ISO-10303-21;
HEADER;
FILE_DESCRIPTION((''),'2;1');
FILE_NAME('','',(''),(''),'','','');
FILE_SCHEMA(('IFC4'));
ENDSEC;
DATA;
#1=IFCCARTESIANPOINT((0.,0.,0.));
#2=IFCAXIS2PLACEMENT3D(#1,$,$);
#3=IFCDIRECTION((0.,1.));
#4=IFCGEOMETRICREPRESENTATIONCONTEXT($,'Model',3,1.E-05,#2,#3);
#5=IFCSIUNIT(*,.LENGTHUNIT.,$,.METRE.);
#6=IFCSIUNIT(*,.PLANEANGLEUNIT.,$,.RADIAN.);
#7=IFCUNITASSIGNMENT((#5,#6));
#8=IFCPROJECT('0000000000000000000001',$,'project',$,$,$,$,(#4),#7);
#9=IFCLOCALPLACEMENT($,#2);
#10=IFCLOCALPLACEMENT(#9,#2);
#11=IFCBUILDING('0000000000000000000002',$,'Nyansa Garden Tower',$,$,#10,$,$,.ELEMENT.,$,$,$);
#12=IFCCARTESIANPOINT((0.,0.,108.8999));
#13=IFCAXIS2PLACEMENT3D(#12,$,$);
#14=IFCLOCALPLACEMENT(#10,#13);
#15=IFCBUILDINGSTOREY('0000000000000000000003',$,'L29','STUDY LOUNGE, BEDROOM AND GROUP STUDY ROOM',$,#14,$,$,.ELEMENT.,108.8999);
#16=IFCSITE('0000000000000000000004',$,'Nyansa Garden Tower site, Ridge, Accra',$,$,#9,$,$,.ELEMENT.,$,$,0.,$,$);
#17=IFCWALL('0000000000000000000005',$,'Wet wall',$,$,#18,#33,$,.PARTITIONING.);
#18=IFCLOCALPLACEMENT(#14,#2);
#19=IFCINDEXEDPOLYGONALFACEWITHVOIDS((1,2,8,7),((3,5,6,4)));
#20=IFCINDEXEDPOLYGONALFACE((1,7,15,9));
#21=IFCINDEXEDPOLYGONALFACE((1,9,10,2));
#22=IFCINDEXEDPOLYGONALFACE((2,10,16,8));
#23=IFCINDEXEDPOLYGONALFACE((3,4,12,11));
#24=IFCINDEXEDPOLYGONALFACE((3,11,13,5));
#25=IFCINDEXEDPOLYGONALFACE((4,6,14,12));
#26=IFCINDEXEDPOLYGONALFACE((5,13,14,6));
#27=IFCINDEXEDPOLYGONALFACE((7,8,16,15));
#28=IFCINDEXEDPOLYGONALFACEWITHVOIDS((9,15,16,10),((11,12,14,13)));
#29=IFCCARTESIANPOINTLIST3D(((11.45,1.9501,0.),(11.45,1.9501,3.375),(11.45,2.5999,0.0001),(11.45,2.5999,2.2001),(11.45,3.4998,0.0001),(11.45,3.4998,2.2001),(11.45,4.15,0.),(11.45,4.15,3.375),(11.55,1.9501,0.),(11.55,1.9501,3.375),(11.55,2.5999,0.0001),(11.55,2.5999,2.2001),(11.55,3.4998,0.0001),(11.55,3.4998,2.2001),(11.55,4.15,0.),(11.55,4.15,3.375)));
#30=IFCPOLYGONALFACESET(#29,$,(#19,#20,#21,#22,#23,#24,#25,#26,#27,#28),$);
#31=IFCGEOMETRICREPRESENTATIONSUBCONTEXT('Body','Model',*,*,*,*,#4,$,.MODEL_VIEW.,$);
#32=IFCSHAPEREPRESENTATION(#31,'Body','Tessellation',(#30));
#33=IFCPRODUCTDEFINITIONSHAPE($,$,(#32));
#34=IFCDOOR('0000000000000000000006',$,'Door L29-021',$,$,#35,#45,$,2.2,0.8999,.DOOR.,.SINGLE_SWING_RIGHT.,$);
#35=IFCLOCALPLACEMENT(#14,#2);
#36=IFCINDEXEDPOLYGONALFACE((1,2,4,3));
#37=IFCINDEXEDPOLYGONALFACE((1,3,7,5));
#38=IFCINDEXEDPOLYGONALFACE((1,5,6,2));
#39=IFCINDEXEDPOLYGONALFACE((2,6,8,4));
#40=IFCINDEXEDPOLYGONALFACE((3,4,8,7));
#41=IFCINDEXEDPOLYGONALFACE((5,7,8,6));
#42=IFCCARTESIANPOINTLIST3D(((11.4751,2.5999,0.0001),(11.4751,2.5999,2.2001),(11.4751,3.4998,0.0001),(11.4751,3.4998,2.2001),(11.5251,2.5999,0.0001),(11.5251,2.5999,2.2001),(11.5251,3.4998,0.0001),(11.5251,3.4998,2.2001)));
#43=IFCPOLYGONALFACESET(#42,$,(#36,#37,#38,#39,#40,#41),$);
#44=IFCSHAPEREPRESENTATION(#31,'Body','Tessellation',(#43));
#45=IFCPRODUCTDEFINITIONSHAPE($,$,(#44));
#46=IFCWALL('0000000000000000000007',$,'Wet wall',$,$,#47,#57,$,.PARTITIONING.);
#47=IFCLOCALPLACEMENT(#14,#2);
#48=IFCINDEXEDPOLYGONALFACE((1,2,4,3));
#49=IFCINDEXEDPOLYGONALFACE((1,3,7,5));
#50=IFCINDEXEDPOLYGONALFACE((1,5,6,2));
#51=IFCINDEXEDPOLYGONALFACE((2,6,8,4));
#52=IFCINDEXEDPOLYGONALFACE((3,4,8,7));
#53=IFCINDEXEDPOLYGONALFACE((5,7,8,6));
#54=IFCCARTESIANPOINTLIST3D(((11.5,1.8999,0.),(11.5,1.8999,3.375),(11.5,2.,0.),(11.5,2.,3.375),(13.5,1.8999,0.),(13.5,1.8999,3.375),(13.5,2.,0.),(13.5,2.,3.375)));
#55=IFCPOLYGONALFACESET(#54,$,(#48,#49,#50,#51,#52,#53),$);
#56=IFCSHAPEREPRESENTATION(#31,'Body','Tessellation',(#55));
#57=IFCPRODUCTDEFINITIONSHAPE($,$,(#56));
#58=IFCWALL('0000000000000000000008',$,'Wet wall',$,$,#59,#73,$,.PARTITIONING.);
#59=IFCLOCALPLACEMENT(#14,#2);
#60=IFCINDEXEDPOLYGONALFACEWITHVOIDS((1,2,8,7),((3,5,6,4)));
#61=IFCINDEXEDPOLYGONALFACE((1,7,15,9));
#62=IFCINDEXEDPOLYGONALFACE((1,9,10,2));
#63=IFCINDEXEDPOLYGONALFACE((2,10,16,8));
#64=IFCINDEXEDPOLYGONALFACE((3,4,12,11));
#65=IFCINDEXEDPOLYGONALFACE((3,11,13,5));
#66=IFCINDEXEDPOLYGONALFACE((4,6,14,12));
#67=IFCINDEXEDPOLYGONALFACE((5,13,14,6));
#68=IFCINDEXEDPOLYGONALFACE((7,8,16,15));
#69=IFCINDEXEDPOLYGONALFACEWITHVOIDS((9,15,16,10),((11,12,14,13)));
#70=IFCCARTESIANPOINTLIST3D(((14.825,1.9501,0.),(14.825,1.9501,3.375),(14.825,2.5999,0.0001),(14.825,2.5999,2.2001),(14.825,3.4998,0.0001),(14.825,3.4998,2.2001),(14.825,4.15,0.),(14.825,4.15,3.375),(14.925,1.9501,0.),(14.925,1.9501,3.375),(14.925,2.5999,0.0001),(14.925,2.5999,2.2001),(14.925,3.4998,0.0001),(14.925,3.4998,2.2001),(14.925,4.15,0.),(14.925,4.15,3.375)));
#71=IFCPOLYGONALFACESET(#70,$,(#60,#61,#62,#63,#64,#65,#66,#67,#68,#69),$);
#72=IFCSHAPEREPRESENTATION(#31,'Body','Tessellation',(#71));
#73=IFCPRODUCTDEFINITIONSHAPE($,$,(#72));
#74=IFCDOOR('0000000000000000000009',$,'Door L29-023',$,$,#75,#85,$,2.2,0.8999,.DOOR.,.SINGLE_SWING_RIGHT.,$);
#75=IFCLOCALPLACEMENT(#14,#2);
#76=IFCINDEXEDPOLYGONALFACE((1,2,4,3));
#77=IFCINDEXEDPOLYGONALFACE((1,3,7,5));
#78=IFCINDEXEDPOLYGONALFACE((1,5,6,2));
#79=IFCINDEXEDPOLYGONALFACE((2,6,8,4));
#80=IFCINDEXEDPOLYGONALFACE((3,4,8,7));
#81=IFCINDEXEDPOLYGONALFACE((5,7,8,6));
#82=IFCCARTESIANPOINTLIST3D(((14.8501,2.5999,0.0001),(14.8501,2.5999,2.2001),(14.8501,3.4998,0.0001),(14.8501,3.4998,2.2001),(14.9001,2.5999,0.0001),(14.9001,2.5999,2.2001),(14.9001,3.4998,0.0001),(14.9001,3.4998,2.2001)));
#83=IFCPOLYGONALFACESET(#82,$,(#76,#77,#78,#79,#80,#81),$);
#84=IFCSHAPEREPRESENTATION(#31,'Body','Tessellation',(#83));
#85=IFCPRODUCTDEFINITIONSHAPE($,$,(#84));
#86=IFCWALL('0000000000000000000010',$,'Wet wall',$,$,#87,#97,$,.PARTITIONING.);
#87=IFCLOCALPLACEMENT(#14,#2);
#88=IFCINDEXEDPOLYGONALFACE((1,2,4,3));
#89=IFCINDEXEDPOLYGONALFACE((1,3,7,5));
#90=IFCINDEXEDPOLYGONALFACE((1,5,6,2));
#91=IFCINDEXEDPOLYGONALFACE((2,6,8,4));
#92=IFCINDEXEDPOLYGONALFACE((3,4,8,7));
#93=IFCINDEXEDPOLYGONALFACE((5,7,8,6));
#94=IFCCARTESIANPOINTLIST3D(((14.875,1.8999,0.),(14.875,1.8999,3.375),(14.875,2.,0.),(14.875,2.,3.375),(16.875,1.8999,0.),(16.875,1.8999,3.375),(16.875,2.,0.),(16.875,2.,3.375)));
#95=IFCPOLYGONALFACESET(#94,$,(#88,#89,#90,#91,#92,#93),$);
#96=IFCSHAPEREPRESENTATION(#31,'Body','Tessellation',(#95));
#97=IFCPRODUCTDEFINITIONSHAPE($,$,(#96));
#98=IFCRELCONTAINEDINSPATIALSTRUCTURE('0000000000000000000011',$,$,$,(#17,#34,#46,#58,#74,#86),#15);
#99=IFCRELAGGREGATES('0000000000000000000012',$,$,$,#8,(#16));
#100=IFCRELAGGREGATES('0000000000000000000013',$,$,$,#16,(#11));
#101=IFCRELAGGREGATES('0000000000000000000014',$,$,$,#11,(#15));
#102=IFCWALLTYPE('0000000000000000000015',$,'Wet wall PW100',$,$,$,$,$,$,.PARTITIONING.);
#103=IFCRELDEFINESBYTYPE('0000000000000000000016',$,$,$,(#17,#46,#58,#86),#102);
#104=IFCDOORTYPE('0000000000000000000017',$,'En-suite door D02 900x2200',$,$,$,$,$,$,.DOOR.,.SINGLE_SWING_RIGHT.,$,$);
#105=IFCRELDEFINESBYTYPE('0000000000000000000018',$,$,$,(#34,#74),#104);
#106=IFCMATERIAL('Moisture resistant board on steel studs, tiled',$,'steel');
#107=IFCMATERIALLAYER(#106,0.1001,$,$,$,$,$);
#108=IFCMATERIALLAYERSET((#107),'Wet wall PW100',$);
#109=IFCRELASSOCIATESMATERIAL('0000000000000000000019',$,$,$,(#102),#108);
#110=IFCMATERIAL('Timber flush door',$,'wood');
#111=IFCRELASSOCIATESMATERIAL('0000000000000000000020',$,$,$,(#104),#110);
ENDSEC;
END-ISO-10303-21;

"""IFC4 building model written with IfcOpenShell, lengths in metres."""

from ifc_helpers import new_model, si_unit, direction, frame, frame_2d, origin, place, context, subcontext, project, spatial, rectangle, extrude, material, layer, layer_set, type_object, element, fill, save


model = new_model("IFC4")

# Units and contexts
model_context = context("Model", 3, precision=1e-05, world=origin(), true_north=direction((0.0, 1.0)))
body_context = subcontext(model_context, "Body", "Model", "MODEL_VIEW")
ifc_project = project(units=[si_unit("LENGTHUNIT", "METRE"), si_unit("PLANEANGLEUNIT", "RADIAN")], contexts=[model_context])

# Site, building, storey
site_placement = place(None, origin())
site = spatial("IfcSite", under=ifc_project, at=site_placement, Name="Nyansa Garden Tower site, Ridge, Accra", CompositionType="ELEMENT", RefElevation=0.0)
building_placement = place(site_placement, origin())
building = spatial("IfcBuilding", under=site, at=building_placement, Name="Nyansa Garden Tower", CompositionType="ELEMENT")
storey_placement = place(building_placement, frame((0.0, 0.0, 108.8999)))
storey = spatial("IfcBuildingStorey", under=building, at=storey_placement, Name="L29", Description="STUDY LOUNGE, BEDROOM AND GROUP STUDY ROOM", CompositionType="ELEMENT", Elevation=108.8999)

# Shared definitions
ifc_material_1 = material(Name="Moisture resistant board on steel studs, tiled", Category="steel")
ifc_layer_1 = layer(ifc_material_1, 0.1001)
ifc_layer_set_1 = layer_set([ifc_layer_1], Name="Wet wall PW100")
wall_type_1 = type_object("IfcWallType", Name="Wet wall PW100", PredefinedType="PARTITIONING", material=ifc_layer_set_1)

# Wall, opening, door
wall_1_placement = place(storey_placement, frame((11.5, 1.95, 0.0), z_axis=(0.0, 0.0, 1.0), x_axis=(0.0, 1.0, 0.0)))
wall_1 = element("IfcWall", 1, at=wall_1_placement, inside=storey, type_object=wall_type_1, Name="Wet wall", PredefinedType="PARTITIONING", context=body_context, shape_type="SweptSolid", body=[
    extrude(rectangle(XDim=2.2, YDim=0.1001, at=frame_2d((1.1001, 0.0))), origin(), (0.0, 0.0, 1.0), 3.375),
])
opening_1_placement = place(wall_1_placement, frame((0.6499, 0.0, 0.0)))
opening_1 = element("IfcOpeningElement", 2, at=opening_1_placement, cuts=wall_1, PredefinedType="OPENING", context=body_context, shape_type="SweptSolid", body=[
    extrude(rectangle(XDim=0.8999, YDim=2.2, at=frame_2d((0.45, 1.1001))), frame((0.0, 0.0601, 0.0), z_axis=(0.0, -1.0, 0.0), x_axis=(1.0, 0.0, 0.0)), (0.0, 0.0, 1.0), 0.1201),
])
ifc_material_2 = material(Name="Timber flush door", Category="wood")
door_type_1 = type_object("IfcDoorType", Name="En-suite door D02 900x2200", OperationType="SINGLE_SWING_RIGHT", PredefinedType="DOOR", material=ifc_material_2)
door_1_placement = place(opening_1_placement, origin())
door_1 = element("IfcDoor", 3, at=door_1_placement, inside=storey, type_object=door_type_1, Name="Door L29-021", OperationType="SINGLE_SWING_RIGHT", OverallHeight=2.2, OverallWidth=0.8999, PredefinedType="DOOR", context=body_context, shape_type="SweptSolid", body=[
    extrude(rectangle(XDim=0.8999, YDim=2.2, at=frame_2d((0.45, 1.1001))), frame((0.0, 0.0249, 0.0), z_axis=(0.0, -1.0, 0.0), x_axis=(1.0, 0.0, 0.0)), (0.0, 0.0, 1.0), 0.05),
])
fill(opening_1, door_1)

# Wall
wall_2_placement = place(storey_placement, frame((11.5, 1.95, 0.0), z_axis=(0.0, 0.0, 1.0), x_axis=(1.0, 0.0, 0.0)))
element("IfcWall", 4, at=wall_2_placement, inside=storey, type_object=wall_type_1, Name="Wet wall", PredefinedType="PARTITIONING", context=body_context, shape_type="SweptSolid", body=[
    extrude(rectangle(XDim=2.0, YDim=0.1001, at=frame_2d((1.0, 0.0))), origin(), (0.0, 0.0, 1.0), 3.375),
])

# Wall, opening, door
wall_3_placement = place(storey_placement, frame((14.875, 1.95, 0.0), z_axis=(0.0, 0.0, 1.0), x_axis=(0.0, 1.0, 0.0)))
wall_3 = element("IfcWall", 5, at=wall_3_placement, inside=storey, type_object=wall_type_1, Name="Wet wall", PredefinedType="PARTITIONING", context=body_context, shape_type="SweptSolid", body=[
    extrude(rectangle(XDim=2.2, YDim=0.1001, at=frame_2d((1.1001, 0.0))), origin(), (0.0, 0.0, 1.0), 3.375),
])
opening_2_placement = place(wall_3_placement, frame((0.6499, 0.0, 0.0)))
opening_2 = element("IfcOpeningElement", 6, at=opening_2_placement, cuts=wall_3, PredefinedType="OPENING", context=body_context, shape_type="SweptSolid", body=[
    extrude(rectangle(XDim=0.8999, YDim=2.2, at=frame_2d((0.45, 1.1001))), frame((0.0, 0.0601, 0.0), z_axis=(0.0, -1.0, 0.0), x_axis=(1.0, 0.0, 0.0)), (0.0, 0.0, 1.0), 0.1201),
])
door_2_placement = place(opening_2_placement, origin())
door_2 = element("IfcDoor", 7, at=door_2_placement, inside=storey, type_object=door_type_1, Name="Door L29-023", OperationType="SINGLE_SWING_RIGHT", OverallHeight=2.2, OverallWidth=0.8999, PredefinedType="DOOR", context=body_context, shape_type="SweptSolid", body=[
    extrude(rectangle(XDim=0.8999, YDim=2.2, at=frame_2d((0.45, 1.1001))), frame((0.0, 0.0249, 0.0), z_axis=(0.0, -1.0, 0.0), x_axis=(1.0, 0.0, 0.0)), (0.0, 0.0, 1.0), 0.05),
])
fill(opening_2, door_2)

# Wall
wall_4_placement = place(storey_placement, frame((14.875, 1.95, 0.0), z_axis=(0.0, 0.0, 1.0), x_axis=(1.0, 0.0, 0.0)))
element("IfcWall", 8, at=wall_4_placement, inside=storey, type_object=wall_type_1, Name="Wet wall", PredefinedType="PARTITIONING", context=body_context, shape_type="SweptSolid", body=[
    extrude(rectangle(XDim=2.0, YDim=0.1001, at=frame_2d((1.0, 0.0))), origin(), (0.0, 0.0, 1.0), 3.375),
])

save(model, "model.ifc")
